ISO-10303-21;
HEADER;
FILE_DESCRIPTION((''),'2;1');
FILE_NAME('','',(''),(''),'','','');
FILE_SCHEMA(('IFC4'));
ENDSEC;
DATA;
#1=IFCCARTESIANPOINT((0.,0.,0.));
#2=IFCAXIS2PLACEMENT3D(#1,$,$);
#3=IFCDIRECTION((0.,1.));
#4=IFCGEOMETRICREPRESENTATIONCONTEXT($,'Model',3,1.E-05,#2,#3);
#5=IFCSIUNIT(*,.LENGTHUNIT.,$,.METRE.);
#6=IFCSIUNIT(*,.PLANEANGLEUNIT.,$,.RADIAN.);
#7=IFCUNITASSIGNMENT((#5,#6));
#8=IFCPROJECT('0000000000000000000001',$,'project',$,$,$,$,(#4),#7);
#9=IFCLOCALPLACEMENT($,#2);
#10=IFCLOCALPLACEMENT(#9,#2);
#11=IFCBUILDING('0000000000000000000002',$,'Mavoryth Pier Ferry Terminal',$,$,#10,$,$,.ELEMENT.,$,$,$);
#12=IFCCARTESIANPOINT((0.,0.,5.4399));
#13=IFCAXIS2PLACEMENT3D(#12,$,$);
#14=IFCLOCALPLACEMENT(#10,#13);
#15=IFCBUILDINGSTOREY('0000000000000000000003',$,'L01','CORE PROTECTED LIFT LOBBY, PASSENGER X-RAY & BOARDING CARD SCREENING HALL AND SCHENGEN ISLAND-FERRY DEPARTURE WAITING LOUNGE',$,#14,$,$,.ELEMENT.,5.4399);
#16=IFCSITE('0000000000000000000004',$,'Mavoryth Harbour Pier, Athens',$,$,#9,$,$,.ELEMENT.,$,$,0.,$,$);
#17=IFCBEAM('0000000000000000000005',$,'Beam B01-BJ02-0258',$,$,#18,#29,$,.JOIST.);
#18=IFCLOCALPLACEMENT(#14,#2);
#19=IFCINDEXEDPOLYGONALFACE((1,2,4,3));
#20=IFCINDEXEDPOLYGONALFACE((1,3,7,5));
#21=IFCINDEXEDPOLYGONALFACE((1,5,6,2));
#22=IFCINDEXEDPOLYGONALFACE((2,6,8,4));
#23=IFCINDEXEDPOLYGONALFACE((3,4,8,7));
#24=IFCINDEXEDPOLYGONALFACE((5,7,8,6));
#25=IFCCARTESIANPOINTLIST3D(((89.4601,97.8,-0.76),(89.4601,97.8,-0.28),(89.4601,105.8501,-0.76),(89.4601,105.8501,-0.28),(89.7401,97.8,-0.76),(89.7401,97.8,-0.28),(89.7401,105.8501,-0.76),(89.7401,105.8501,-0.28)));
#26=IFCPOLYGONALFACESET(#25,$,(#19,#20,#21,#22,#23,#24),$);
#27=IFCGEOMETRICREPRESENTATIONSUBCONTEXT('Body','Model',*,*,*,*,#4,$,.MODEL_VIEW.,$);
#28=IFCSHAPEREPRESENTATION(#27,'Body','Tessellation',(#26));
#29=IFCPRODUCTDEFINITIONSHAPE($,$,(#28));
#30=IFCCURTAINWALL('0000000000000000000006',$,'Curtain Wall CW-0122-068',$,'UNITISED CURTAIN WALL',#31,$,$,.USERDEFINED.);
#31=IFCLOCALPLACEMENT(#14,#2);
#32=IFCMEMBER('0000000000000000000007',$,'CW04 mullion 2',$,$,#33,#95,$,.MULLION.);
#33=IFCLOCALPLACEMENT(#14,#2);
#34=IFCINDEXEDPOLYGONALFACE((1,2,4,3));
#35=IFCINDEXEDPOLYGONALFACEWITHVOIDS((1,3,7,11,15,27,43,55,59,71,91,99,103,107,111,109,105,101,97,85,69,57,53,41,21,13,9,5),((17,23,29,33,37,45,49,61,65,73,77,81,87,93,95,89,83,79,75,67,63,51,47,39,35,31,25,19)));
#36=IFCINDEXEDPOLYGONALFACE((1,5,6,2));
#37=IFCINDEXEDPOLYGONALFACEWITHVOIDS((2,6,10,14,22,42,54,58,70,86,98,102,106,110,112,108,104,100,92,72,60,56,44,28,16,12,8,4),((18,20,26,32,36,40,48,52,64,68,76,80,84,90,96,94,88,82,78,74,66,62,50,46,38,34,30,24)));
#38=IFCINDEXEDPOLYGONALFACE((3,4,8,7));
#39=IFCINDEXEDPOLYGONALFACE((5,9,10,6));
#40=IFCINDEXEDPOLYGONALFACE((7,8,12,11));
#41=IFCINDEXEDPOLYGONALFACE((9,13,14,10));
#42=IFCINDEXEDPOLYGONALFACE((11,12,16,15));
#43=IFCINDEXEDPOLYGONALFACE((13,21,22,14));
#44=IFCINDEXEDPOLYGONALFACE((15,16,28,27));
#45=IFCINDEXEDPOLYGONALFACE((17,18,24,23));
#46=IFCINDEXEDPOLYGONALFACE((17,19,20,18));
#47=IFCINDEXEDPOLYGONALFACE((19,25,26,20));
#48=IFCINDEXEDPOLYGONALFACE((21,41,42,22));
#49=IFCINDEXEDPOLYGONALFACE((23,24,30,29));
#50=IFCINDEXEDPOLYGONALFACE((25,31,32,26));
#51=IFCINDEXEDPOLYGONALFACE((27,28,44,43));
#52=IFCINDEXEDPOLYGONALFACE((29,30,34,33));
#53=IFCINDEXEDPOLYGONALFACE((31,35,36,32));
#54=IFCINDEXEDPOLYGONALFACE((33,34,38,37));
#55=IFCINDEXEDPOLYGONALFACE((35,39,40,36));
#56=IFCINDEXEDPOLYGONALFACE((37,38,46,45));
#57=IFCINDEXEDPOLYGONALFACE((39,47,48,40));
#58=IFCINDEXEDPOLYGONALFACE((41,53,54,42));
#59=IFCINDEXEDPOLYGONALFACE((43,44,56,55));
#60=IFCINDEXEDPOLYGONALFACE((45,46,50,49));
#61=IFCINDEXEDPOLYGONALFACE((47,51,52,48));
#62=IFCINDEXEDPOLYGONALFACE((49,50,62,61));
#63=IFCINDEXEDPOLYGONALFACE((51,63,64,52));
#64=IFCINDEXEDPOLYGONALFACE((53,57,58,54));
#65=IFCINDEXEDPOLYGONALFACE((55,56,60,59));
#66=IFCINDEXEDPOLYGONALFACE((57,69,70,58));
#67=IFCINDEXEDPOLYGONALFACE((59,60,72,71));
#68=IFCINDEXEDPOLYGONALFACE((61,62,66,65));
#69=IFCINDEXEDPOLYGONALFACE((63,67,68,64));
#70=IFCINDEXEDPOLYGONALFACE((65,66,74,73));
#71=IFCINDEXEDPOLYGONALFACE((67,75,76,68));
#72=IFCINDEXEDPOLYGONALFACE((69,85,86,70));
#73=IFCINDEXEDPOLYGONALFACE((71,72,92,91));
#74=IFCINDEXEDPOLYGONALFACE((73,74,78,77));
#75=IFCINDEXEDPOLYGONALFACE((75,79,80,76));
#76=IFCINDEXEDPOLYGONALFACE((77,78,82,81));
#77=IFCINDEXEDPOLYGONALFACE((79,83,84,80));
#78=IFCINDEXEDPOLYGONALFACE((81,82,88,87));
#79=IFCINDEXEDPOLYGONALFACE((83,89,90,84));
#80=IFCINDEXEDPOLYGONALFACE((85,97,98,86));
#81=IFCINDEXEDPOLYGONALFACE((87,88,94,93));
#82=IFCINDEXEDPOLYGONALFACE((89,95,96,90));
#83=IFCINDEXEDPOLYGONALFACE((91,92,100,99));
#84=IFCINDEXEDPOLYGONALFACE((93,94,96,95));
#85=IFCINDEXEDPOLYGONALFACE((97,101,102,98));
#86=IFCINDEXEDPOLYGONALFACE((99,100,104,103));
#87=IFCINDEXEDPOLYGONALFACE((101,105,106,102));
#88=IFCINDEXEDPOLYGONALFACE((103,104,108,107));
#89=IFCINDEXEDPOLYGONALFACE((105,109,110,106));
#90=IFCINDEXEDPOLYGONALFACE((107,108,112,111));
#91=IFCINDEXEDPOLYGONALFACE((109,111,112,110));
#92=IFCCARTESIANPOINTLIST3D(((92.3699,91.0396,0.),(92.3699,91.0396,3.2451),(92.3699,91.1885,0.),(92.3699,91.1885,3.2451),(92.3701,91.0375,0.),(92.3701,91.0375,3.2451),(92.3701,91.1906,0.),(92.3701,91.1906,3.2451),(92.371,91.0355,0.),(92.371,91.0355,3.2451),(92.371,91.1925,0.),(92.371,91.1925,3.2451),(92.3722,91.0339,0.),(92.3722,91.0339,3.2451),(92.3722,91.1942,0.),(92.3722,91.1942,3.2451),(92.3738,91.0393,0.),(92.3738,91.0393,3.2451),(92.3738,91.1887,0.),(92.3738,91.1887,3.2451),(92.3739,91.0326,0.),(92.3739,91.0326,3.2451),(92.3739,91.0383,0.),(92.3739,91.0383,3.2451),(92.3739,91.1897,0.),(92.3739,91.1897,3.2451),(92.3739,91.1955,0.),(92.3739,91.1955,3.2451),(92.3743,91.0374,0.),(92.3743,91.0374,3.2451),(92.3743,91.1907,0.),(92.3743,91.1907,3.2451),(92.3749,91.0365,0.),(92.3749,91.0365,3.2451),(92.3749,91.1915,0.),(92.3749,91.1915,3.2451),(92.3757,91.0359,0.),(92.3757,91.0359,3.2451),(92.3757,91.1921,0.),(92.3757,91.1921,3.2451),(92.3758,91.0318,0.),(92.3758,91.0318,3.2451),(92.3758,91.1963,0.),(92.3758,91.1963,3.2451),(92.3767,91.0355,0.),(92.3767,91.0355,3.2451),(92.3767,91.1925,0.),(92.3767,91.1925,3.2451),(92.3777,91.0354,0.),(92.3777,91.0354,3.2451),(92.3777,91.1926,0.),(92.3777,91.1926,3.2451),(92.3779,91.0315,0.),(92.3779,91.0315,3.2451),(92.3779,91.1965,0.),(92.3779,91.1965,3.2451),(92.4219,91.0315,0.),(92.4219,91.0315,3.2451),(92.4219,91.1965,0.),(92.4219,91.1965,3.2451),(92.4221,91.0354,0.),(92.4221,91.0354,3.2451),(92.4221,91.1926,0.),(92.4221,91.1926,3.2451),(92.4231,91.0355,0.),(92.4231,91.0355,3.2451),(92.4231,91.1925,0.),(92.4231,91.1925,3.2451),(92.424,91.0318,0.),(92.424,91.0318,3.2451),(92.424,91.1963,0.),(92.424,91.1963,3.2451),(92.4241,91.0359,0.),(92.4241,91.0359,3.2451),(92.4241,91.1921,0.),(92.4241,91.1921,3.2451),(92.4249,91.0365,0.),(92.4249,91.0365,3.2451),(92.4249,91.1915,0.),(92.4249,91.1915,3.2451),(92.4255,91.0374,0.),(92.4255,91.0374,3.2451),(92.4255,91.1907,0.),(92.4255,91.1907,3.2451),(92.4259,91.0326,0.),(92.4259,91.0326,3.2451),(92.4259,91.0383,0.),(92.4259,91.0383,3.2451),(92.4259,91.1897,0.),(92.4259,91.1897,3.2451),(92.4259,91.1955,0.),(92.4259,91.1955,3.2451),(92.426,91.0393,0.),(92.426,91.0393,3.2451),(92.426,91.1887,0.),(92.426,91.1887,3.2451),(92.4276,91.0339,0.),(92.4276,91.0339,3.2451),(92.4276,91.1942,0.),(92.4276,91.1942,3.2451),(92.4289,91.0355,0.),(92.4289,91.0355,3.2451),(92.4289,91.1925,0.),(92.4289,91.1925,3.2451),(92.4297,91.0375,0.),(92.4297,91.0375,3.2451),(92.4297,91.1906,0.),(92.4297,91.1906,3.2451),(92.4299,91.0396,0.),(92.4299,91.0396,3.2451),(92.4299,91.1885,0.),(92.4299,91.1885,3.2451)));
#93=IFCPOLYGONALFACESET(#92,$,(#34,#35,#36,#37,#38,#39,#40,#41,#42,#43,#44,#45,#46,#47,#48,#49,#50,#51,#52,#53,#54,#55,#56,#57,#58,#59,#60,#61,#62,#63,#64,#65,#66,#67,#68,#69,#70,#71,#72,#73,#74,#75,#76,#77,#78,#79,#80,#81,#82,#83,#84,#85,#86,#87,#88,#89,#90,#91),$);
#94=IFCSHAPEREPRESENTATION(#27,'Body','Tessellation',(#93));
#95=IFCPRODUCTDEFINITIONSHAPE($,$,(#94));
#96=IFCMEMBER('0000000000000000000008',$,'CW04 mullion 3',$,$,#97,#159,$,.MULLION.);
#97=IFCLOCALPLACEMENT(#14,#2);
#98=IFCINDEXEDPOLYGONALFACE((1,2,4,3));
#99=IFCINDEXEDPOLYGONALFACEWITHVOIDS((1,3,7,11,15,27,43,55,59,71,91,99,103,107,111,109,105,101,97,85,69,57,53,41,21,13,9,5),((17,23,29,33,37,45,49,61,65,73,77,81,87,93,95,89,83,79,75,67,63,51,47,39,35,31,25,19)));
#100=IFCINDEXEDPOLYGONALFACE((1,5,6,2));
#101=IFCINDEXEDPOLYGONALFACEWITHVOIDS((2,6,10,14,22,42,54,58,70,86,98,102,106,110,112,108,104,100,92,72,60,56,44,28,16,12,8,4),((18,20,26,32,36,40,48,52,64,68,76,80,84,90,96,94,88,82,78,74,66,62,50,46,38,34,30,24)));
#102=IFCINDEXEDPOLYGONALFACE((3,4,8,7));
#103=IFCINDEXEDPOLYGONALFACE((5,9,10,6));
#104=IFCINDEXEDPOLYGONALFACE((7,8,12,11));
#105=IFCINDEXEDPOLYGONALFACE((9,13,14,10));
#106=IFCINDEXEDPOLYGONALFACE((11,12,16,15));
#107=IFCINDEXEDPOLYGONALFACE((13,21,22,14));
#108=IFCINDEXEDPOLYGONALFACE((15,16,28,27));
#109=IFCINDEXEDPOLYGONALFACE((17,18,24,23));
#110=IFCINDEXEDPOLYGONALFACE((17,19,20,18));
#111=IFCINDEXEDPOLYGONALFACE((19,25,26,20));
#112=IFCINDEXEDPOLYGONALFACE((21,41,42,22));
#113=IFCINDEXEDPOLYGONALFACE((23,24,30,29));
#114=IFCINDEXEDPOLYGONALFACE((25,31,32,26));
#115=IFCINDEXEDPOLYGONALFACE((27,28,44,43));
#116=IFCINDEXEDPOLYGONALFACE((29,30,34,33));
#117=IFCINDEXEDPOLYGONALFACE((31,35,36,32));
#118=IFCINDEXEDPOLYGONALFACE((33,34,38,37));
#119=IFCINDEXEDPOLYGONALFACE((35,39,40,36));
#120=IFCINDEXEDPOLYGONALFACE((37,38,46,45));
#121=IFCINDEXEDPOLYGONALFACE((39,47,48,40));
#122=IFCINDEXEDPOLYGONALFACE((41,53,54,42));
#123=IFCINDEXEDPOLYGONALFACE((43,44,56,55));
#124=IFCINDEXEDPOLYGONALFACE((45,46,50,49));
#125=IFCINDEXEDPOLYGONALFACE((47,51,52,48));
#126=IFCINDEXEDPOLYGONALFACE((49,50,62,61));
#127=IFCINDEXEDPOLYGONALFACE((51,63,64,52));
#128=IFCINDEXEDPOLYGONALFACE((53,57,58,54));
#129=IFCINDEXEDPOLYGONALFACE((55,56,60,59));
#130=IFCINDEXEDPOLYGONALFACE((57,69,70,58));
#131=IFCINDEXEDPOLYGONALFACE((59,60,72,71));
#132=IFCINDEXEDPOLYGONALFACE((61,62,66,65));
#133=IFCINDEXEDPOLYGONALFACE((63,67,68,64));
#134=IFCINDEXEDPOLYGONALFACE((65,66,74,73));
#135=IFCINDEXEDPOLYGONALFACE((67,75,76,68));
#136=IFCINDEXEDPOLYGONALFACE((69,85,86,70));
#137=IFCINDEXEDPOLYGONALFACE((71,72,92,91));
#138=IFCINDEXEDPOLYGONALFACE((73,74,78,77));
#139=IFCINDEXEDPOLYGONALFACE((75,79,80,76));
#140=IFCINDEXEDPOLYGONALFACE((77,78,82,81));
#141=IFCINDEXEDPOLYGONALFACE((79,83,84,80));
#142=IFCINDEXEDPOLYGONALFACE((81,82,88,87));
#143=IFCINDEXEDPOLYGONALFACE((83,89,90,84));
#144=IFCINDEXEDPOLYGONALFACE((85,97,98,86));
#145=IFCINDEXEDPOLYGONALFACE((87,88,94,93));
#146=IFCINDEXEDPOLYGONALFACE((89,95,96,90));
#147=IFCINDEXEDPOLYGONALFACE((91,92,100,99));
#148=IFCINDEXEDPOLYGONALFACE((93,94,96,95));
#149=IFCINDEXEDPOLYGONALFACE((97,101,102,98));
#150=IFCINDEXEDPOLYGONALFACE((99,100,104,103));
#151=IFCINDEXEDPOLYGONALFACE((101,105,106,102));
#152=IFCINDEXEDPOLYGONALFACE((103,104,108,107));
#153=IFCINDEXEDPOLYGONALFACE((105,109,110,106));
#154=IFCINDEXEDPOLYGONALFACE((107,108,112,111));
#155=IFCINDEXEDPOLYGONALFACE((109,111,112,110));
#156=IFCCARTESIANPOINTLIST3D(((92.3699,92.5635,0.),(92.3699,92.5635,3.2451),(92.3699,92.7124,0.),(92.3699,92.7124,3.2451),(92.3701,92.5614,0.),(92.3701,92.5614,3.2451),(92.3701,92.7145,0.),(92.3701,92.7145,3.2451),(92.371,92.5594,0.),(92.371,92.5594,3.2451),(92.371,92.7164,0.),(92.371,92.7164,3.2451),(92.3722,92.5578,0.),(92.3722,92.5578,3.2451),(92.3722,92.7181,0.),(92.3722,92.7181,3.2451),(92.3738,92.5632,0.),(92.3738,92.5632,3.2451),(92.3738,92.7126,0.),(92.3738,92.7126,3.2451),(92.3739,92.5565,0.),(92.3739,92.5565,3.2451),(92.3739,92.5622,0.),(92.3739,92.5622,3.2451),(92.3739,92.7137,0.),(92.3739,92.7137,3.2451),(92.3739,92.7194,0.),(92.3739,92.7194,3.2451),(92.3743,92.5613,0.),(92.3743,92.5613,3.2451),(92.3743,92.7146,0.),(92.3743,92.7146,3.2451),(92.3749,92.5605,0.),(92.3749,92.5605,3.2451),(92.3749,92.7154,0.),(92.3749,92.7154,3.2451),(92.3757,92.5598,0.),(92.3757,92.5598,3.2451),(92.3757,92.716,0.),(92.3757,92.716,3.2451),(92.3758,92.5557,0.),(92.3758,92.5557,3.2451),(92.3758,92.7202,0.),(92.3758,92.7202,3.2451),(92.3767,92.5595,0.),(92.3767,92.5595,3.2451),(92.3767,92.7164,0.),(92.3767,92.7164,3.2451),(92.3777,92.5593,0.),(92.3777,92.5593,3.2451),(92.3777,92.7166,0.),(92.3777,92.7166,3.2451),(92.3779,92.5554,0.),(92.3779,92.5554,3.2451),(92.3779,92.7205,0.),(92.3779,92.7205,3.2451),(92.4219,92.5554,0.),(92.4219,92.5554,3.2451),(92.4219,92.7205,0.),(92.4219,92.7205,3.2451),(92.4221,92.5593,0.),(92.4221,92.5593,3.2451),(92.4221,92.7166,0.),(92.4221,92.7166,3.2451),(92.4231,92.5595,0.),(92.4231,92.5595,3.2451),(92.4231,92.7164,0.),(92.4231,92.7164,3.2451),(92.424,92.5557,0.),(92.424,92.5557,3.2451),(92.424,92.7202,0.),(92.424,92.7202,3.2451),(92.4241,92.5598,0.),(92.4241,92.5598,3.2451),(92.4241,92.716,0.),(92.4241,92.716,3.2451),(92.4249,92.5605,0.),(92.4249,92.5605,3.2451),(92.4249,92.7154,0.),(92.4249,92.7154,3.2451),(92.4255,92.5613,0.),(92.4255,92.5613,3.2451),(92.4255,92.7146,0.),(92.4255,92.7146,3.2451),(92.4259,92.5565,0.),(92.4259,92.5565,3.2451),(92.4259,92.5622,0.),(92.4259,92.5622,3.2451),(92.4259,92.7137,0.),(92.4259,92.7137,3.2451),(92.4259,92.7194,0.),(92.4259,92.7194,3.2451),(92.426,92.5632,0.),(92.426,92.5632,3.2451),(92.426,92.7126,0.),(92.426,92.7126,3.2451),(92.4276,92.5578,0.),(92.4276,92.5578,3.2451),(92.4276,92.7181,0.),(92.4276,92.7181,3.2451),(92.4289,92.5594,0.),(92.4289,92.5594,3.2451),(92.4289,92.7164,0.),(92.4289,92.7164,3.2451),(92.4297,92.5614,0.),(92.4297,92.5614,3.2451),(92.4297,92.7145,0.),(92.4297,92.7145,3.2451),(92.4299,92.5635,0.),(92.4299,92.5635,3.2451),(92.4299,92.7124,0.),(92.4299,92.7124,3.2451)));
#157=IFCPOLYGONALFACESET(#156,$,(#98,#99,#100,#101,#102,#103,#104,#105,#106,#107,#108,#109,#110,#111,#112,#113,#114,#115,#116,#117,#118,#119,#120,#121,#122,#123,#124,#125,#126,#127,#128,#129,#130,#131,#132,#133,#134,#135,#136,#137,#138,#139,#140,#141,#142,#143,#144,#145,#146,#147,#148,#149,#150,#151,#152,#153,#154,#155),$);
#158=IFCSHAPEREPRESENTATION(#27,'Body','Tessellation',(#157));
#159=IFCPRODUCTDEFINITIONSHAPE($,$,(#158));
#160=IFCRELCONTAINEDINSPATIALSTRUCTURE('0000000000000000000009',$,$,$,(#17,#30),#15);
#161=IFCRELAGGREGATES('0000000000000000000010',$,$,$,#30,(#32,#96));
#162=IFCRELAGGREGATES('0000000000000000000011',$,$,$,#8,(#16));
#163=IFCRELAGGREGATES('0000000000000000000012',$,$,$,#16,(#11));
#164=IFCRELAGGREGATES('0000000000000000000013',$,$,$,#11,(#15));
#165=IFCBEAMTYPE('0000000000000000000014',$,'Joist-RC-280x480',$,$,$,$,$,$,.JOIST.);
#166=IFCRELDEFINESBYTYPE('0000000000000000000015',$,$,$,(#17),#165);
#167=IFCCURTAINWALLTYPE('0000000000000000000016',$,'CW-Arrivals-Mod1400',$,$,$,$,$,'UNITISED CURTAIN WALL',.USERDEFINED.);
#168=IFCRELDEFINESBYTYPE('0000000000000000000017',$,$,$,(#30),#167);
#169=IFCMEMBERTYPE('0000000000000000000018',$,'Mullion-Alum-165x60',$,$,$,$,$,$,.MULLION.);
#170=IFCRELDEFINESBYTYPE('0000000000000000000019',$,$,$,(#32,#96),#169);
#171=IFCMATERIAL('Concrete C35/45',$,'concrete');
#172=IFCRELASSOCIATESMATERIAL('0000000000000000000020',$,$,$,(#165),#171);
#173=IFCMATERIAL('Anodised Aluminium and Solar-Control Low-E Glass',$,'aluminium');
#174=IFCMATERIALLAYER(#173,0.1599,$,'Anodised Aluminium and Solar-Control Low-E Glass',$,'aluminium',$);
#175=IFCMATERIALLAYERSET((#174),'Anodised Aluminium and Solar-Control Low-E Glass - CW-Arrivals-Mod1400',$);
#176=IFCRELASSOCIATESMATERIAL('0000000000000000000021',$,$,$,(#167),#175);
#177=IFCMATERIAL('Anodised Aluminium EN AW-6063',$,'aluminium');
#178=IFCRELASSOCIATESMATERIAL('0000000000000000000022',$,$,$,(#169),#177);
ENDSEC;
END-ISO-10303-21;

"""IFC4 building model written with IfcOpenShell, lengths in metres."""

from ifc_helpers import new_model, si_unit, direction, frame, origin, origin_2d, place, context, subcontext, project, spatial, rectangle, hollow_rectangle, extrude, material, layer, layer_set, material_profile, profile_set, type_object, element, aggregate, save


model = new_model("IFC4")

# Units and contexts
model_context = context("Model", 3, precision=1e-05, world=origin(), true_north=direction((0.0, 1.0)))
body_context = subcontext(model_context, "Body", "Model", "MODEL_VIEW")
ifc_project = project(units=[si_unit("LENGTHUNIT", "METRE"), si_unit("PLANEANGLEUNIT", "RADIAN")], contexts=[model_context])

# Site, building, storey
site_placement = place(None, origin())
site = spatial("IfcSite", under=ifc_project, at=site_placement, Name="Mavoryth Harbour Pier, Athens", CompositionType="ELEMENT", RefElevation=0.0)
building_placement = place(site_placement, origin())
building = spatial("IfcBuilding", under=site, at=building_placement, Name="Mavoryth Pier Ferry Terminal", CompositionType="ELEMENT")
storey_placement = place(building_placement, frame((0.0, 0.0, 5.4399)))
storey = spatial("IfcBuildingStorey", under=building, at=storey_placement, Name="L01", Description="CORE PROTECTED LIFT LOBBY, PASSENGER X-RAY & BOARDING CARD SCREENING HALL AND SCHENGEN ISLAND-FERRY DEPARTURE WAITING LOUNGE", CompositionType="ELEMENT", Elevation=5.4399)

# Beam
ifc_material_1 = material(Name="Concrete C35/45", Category="concrete")
ifc_material_profile_1 = material_profile(ifc_material_1, rectangle(XDim=0.28, YDim=0.48, at=origin_2d()), Name="RC 280x480", Category="concrete")
ifc_profile_set_1 = profile_set([ifc_material_profile_1], Name="Concrete C35/45 - RC 280x480")
beam_type = type_object("IfcBeamType", Name="Joist-RC-280x480", PredefinedType="JOIST", material=ifc_profile_set_1)
beam_placement = place(storey_placement, frame((89.6001, 97.8, -0.52), z_axis=(0.0, 1.0, 0.0), x_axis=(-1.0, 0.0, 0.0)))
element("IfcBeam", 1, at=beam_placement, inside=storey, type_object=beam_type, Name="Beam B01-BJ02-0258", PredefinedType="JOIST", context=body_context, shape_type="SweptSolid", body=[
    extrude(rectangle(XDim=0.28, YDim=0.48, at=origin_2d()), origin(), (0.0, 0.0, 1.0), 8.05),
])

# Curtain wall, members
ifc_material_2 = material(Name="Anodised Aluminium and Solar-Control Low-E Glass", Category="aluminium")
ifc_layer_1 = layer(ifc_material_2, 0.1599, Name="Anodised Aluminium and Solar-Control Low-E Glass", Category="aluminium")
ifc_layer_set_1 = layer_set([ifc_layer_1], Name="Anodised Aluminium and Solar-Control Low-E Glass - CW-Arrivals-Mod1400")
curtain_wall_type = type_object("IfcCurtainWallType", Name="CW-Arrivals-Mod1400", ElementType="UNITISED CURTAIN WALL", PredefinedType="USERDEFINED", material=ifc_layer_set_1)
curtain_wall_placement = place(storey_placement, origin())
curtain_wall = element("IfcCurtainWall", 2, at=curtain_wall_placement, inside=storey, type_object=curtain_wall_type, Name="Curtain Wall CW-0122-068", ObjectType="UNITISED CURTAIN WALL", PredefinedType="USERDEFINED")
ifc_material_3 = material(Name="Anodised Aluminium EN AW-6063", Category="aluminium")
ifc_material_profile_2 = material_profile(ifc_material_3, hollow_rectangle(XDim=0.0601, YDim=0.165, WallThickness=0.0039, InnerFilletRadius=0.0039, OuterFilletRadius=0.0081, at=origin_2d()), Name="AL-MULL 165x60x4", Category="aluminium")
ifc_profile_set_2 = profile_set([ifc_material_profile_2], Name="Anodised Aluminium EN AW-6063 - AL-MULL 165x60x4")
member_type_1 = type_object("IfcMemberType", Name="Mullion-Alum-165x60", PredefinedType="MULLION", material=ifc_profile_set_2)
member_1_placement = place(storey_placement, frame((92.3999, 91.114, 0.0), z_axis=(0.0, 0.0, 1.0), x_axis=(-1.0, 0.0, 0.0)))
member_1 = element("IfcMember", 3, at=member_1_placement, type_object=member_type_1, Name="CW04 mullion 2", PredefinedType="MULLION", context=body_context, shape_type="SweptSolid", body=[
    extrude(hollow_rectangle(XDim=0.0601, YDim=0.165, WallThickness=0.0039, InnerFilletRadius=0.0039, OuterFilletRadius=0.0081, at=origin_2d()), origin(), (0.0, 0.0, 1.0), 3.2451),
])
member_2_placement = place(storey_placement, frame((92.3999, 92.6379, 0.0), z_axis=(0.0, 0.0, 1.0), x_axis=(-1.0, 0.0, 0.0)))
member_2 = element("IfcMember", 4, at=member_2_placement, type_object=member_type_1, Name="CW04 mullion 3", PredefinedType="MULLION", context=body_context, shape_type="SweptSolid", body=[
    extrude(hollow_rectangle(XDim=0.0601, YDim=0.165, WallThickness=0.0039, InnerFilletRadius=0.0039, OuterFilletRadius=0.0081, at=origin_2d()), origin(), (0.0, 0.0, 1.0), 3.2451),
])
aggregate(curtain_wall, [member_1, member_2])

save(model, "model.ifc")
